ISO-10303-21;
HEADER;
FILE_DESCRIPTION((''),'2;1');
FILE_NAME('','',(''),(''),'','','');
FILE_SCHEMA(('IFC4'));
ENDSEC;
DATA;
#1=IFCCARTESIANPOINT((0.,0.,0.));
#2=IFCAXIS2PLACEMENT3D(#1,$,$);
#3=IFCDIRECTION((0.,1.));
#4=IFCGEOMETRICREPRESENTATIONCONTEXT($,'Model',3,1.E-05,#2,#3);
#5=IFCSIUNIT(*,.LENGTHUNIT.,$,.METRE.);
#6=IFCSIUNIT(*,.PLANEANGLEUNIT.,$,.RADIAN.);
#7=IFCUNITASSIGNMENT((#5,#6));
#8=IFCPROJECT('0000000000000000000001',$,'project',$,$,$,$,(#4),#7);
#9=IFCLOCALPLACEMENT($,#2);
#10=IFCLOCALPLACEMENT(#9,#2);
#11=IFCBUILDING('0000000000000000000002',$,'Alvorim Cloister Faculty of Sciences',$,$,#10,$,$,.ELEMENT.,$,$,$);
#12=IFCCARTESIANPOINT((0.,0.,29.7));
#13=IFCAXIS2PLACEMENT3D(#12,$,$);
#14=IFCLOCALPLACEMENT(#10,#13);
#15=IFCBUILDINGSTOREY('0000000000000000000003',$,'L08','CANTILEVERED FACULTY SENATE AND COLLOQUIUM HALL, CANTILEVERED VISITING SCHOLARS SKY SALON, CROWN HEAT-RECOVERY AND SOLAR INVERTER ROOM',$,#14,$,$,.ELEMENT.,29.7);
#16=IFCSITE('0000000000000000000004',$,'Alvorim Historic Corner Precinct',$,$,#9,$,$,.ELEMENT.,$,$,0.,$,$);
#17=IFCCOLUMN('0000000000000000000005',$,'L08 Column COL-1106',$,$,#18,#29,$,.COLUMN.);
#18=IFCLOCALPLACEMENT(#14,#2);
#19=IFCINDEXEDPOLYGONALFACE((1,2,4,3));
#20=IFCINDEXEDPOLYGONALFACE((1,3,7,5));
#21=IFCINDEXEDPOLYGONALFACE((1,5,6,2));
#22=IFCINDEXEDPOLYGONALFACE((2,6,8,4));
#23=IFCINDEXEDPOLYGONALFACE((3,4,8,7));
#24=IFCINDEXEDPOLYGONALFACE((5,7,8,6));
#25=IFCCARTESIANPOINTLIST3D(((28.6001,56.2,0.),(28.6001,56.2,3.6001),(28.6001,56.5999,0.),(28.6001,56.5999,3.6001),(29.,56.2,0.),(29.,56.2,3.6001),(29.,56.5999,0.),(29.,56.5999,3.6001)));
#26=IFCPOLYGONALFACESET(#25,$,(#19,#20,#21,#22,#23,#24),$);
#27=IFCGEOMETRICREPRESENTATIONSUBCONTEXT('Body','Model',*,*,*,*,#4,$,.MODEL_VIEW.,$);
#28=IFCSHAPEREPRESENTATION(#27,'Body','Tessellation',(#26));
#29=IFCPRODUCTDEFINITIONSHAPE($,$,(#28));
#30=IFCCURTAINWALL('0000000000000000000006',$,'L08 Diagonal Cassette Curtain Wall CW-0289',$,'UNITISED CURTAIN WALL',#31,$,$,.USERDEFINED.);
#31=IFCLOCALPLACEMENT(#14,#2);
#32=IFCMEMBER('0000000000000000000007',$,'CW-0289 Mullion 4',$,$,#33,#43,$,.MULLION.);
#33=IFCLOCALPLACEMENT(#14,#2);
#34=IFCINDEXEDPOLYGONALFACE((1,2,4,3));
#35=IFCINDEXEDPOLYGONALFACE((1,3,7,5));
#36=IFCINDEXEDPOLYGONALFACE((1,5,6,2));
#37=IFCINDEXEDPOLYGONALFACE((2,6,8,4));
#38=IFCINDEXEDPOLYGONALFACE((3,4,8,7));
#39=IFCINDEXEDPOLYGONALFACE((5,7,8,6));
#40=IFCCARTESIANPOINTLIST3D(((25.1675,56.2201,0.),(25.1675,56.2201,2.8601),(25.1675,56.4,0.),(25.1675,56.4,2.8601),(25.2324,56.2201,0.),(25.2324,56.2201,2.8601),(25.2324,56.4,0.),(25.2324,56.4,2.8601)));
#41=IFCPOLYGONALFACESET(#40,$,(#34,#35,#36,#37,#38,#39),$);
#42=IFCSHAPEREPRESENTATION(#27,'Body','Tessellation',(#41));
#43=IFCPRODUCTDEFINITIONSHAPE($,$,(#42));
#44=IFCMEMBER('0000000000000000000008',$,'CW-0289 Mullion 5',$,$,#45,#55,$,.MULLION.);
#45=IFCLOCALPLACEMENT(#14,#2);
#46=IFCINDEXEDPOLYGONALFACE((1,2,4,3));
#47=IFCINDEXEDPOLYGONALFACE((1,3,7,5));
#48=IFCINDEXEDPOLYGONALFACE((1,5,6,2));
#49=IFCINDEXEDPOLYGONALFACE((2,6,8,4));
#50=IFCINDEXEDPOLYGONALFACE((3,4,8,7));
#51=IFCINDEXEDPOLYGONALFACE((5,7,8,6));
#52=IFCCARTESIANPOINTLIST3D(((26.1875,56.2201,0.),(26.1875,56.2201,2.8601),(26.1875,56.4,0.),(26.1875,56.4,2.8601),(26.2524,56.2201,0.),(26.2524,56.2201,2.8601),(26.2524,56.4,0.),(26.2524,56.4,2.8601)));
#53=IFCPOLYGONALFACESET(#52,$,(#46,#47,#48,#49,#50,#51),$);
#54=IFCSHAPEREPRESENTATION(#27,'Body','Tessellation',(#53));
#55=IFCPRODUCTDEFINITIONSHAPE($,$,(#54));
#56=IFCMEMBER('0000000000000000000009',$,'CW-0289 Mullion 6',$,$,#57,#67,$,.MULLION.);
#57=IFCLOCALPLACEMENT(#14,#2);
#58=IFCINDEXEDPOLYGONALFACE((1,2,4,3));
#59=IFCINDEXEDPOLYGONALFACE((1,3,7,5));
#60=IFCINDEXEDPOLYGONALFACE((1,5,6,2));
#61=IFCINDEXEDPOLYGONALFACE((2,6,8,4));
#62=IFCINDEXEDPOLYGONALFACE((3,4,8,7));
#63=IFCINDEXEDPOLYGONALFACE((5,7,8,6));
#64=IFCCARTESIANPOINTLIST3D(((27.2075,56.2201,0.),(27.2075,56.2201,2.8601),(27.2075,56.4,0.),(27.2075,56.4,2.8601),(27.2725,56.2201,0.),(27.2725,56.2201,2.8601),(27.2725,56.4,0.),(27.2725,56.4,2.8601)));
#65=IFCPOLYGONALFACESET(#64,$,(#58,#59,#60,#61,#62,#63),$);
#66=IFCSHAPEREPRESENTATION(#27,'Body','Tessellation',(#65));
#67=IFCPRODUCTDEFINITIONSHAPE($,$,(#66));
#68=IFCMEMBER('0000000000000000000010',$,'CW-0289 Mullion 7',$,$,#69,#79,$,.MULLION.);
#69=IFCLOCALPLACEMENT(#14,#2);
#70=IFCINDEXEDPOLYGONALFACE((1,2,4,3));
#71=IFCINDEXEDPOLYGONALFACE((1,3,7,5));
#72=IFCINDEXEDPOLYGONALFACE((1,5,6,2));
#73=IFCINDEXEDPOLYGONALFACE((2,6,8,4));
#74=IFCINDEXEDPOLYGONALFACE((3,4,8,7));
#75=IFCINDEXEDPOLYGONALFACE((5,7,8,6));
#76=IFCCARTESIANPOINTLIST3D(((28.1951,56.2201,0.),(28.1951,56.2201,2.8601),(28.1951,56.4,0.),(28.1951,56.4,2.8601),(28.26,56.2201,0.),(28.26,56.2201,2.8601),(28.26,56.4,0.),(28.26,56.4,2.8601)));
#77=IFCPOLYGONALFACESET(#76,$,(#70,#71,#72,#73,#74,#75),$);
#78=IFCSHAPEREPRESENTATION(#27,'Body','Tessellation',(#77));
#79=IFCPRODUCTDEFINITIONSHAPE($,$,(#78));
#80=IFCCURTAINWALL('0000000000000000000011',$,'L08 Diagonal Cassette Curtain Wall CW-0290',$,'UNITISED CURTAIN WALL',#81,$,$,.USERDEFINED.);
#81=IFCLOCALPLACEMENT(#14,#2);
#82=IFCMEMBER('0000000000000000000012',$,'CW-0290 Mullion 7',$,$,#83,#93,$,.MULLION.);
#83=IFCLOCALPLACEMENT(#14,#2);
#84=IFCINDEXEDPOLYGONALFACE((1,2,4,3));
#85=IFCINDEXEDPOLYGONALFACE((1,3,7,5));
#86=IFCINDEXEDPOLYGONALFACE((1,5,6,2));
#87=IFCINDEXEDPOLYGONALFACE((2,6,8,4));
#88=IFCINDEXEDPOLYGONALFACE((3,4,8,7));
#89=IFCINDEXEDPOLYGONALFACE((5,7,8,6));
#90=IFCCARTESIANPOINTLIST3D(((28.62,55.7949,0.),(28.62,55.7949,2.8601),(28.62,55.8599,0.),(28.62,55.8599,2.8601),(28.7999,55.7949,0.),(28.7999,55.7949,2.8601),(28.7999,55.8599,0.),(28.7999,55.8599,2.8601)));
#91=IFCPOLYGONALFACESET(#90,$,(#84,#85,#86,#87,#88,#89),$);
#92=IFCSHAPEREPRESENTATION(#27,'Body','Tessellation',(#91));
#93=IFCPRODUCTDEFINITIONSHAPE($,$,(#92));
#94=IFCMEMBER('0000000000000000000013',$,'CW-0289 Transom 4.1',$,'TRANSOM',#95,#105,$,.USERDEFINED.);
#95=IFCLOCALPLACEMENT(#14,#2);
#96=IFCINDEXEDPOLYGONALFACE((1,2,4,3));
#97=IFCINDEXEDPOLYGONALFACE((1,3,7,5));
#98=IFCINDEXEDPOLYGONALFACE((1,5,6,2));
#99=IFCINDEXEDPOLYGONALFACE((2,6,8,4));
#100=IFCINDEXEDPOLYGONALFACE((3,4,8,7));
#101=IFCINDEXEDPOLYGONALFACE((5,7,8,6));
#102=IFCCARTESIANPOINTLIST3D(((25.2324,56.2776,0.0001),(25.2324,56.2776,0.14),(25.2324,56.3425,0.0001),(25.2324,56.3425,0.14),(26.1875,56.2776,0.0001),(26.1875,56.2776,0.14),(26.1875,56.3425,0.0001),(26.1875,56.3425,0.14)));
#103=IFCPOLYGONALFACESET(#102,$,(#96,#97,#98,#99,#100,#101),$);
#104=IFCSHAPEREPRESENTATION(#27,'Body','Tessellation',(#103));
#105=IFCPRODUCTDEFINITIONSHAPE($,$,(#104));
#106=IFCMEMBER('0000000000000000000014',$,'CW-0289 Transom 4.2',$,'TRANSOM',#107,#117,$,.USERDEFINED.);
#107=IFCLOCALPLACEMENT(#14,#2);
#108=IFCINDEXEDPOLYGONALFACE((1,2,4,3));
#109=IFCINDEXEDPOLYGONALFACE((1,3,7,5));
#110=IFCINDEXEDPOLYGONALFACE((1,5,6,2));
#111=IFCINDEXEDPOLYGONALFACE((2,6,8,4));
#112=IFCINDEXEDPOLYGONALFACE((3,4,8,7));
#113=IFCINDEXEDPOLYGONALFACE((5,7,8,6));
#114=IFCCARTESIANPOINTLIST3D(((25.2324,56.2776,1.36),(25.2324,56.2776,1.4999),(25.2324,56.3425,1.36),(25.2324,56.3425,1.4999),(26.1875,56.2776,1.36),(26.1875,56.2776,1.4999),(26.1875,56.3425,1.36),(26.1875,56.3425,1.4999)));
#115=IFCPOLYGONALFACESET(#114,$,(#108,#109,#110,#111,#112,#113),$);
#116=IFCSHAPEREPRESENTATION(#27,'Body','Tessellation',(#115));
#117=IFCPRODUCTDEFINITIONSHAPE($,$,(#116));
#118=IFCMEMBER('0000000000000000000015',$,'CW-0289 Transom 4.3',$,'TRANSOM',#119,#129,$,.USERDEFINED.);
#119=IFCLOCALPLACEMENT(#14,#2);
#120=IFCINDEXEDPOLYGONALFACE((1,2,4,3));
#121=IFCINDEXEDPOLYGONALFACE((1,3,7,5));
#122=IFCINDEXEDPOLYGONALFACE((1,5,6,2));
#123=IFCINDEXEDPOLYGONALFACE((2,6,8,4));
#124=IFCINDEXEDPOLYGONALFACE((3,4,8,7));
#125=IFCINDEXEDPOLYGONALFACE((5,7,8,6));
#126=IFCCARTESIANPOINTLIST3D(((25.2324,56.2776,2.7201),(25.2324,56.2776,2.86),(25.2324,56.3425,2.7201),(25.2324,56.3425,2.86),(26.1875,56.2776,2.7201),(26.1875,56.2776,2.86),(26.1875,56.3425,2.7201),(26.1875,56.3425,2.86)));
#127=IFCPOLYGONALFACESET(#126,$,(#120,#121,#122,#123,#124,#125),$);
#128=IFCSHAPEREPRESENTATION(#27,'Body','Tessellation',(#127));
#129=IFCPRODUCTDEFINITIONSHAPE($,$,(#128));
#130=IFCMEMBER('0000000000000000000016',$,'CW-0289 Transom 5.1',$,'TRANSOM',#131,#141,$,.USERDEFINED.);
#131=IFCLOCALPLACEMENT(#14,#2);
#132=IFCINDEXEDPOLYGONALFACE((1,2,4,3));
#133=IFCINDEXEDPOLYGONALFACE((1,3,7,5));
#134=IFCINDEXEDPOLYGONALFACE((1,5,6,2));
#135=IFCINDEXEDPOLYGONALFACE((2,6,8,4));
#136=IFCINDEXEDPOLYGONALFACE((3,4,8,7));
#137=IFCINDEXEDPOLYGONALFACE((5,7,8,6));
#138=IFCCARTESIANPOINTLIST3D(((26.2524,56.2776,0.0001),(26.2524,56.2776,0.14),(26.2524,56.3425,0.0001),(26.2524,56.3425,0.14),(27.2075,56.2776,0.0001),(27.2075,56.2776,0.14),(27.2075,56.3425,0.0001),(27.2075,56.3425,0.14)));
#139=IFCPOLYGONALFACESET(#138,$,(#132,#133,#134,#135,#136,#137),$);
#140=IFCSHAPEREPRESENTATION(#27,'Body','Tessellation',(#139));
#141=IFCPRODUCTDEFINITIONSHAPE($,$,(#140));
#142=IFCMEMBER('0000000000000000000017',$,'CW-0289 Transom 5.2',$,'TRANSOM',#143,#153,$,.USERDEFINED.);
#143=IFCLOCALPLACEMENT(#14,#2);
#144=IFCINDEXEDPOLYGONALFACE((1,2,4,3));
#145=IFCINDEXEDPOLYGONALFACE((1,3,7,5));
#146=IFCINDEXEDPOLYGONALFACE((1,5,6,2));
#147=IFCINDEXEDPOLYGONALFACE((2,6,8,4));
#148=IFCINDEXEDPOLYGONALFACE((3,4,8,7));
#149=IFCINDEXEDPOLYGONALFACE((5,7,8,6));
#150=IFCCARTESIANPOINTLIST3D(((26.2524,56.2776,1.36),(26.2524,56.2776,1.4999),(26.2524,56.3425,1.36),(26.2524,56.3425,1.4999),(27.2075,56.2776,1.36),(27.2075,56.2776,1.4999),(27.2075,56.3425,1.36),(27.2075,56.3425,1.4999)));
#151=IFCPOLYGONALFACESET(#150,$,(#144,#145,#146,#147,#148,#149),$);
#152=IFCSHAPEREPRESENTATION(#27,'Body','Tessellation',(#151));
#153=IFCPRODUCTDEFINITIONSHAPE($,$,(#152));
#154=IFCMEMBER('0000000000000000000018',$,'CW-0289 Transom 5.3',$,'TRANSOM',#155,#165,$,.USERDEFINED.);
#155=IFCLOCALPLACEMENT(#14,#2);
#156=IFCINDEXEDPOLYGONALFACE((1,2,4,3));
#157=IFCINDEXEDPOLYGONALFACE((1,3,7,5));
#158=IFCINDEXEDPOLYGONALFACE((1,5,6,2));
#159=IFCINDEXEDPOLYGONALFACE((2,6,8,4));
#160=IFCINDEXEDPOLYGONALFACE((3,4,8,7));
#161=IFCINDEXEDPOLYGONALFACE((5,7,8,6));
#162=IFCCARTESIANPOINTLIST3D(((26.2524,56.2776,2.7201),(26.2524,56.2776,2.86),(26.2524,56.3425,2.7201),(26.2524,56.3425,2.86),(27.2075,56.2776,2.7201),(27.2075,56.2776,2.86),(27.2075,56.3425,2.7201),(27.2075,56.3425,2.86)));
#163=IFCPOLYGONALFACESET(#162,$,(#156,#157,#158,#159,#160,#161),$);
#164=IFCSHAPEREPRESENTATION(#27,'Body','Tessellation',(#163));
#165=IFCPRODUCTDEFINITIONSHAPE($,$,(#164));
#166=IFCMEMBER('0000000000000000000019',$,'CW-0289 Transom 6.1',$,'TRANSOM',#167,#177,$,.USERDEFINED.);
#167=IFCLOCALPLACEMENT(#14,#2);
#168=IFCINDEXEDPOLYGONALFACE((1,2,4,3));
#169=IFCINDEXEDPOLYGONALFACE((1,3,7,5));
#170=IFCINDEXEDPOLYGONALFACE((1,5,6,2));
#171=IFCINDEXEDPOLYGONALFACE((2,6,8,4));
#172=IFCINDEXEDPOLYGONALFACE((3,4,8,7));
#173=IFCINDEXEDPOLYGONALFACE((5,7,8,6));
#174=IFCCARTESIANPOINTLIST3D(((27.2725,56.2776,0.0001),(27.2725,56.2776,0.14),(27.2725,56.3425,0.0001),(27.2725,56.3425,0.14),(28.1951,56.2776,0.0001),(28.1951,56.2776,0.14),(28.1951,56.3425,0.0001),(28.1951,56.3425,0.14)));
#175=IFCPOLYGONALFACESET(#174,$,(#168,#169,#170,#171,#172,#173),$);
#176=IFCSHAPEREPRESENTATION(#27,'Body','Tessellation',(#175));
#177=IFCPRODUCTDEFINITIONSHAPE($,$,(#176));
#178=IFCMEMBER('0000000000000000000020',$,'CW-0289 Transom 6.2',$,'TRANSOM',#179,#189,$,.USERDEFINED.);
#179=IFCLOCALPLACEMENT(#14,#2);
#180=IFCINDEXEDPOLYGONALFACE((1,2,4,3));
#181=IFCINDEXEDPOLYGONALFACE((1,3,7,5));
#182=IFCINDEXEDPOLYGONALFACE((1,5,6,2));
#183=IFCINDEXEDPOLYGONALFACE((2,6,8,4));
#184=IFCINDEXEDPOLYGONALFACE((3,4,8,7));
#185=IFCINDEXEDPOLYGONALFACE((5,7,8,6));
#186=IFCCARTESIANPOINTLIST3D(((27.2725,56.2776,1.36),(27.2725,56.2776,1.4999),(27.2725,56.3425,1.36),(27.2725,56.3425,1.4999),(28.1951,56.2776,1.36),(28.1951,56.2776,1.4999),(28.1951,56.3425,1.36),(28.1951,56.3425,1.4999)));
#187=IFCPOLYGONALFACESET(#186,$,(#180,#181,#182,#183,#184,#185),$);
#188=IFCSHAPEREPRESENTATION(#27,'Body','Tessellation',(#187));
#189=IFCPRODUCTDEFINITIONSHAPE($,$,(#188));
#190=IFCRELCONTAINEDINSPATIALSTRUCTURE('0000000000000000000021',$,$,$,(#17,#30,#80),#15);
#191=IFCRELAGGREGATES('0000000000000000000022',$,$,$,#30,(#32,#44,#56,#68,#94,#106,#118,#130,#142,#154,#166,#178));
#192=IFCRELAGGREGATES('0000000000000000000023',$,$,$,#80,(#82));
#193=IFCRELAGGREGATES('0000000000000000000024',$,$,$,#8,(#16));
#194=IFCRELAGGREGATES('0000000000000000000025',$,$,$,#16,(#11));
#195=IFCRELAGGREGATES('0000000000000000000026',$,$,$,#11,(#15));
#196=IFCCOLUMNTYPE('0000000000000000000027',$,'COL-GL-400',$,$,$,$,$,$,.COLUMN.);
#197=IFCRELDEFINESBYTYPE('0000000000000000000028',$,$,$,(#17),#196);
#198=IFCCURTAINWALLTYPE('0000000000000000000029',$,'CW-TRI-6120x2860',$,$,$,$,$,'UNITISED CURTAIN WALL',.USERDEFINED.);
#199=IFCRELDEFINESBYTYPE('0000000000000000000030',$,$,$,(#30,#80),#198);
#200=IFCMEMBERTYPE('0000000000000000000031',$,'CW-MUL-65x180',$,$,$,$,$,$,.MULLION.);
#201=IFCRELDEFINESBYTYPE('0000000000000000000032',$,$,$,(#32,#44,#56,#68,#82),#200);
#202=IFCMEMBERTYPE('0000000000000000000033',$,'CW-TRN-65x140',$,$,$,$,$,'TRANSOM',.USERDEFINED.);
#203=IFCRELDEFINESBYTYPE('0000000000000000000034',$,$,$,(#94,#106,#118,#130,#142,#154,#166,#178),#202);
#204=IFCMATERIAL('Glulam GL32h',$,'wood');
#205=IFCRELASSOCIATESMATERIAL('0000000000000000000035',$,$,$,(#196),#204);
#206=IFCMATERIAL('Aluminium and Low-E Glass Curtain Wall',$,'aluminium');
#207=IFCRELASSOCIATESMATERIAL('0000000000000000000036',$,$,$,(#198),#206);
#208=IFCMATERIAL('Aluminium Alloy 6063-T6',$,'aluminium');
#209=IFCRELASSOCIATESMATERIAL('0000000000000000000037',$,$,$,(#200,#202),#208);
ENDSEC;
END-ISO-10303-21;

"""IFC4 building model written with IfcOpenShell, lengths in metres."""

from ifc_helpers import new_model, si_unit, direction, frame, origin, origin_2d, place, context, subcontext, project, spatial, rectangle, extrude, material, material_profile, profile_set, type_object, element, aggregate, save


model = new_model("IFC4")

# Units and contexts
model_context = context("Model", 3, precision=1e-05, world=origin(), true_north=direction((0.0, 1.0)))
body_context = subcontext(model_context, "Body", "Model", "MODEL_VIEW")
ifc_project = project(units=[si_unit("LENGTHUNIT", "METRE"), si_unit("PLANEANGLEUNIT", "RADIAN")], contexts=[model_context])

# Site, building, storey
site_placement = place(None, origin())
site = spatial("IfcSite", under=ifc_project, at=site_placement, Name="Alvorim Historic Corner Precinct", CompositionType="ELEMENT", RefElevation=0.0)
building_placement = place(site_placement, origin())
building = spatial("IfcBuilding", under=site, at=building_placement, Name="Alvorim Cloister Faculty of Sciences", CompositionType="ELEMENT")
storey_placement = place(building_placement, frame((0.0, 0.0, 29.7)))
storey = spatial("IfcBuildingStorey", under=building, at=storey_placement, Name="L08", Description="CANTILEVERED FACULTY SENATE AND COLLOQUIUM HALL, CANTILEVERED VISITING SCHOLARS SKY SALON, CROWN HEAT-RECOVERY AND SOLAR INVERTER ROOM", CompositionType="ELEMENT", Elevation=29.7)

# Column
ifc_material_1 = material(Name="Glulam GL32h", Category="wood")
ifc_material_profile_1 = material_profile(ifc_material_1, rectangle(XDim=0.3999, YDim=0.3999, at=origin_2d()), Name="GL32-COL-400x400")
ifc_profile_set_1 = profile_set([ifc_material_profile_1], Name="Glulam GL32h")
column_type = type_object("IfcColumnType", Name="COL-GL-400", PredefinedType="COLUMN", material=ifc_profile_set_1)
column_placement = place(storey_placement, frame((28.8, 56.3999, 0.0), z_axis=(0.0, 0.0, 1.0), x_axis=(1.0, 0.0, 0.0)))
element("IfcColumn", 1, at=column_placement, inside=storey, type_object=column_type, Name="L08 Column COL-1106", PredefinedType="COLUMN", context=body_context, shape_type="SweptSolid", body=[
    extrude(rectangle(XDim=0.3999, YDim=0.3999, at=origin_2d()), origin(), (0.0, 0.0, 1.0), 3.6001),
])

# Curtain wall, members
ifc_material_2 = material(Name="Aluminium and Low-E Glass Curtain Wall", Category="aluminium")
curtain_wall_type = type_object("IfcCurtainWallType", Name="CW-TRI-6120x2860", ElementType="UNITISED CURTAIN WALL", PredefinedType="USERDEFINED", material=ifc_material_2)
curtain_wall_1_placement = place(storey_placement, origin())
curtain_wall_1 = element("IfcCurtainWall", 2, at=curtain_wall_1_placement, inside=storey, type_object=curtain_wall_type, Name="L08 Diagonal Cassette Curtain Wall CW-0289", ObjectType="UNITISED CURTAIN WALL", PredefinedType="USERDEFINED")
ifc_material_3 = material(Name="Aluminium Alloy 6063-T6", Category="aluminium")
ifc_material_profile_2 = material_profile(ifc_material_3, rectangle(XDim=0.0649, YDim=0.1799, at=origin_2d()), Name="ALU-MUL-65x180")
ifc_profile_set_2 = profile_set([ifc_material_profile_2], Name="Aluminium Alloy 6063-T6")
member_type_1 = type_object("IfcMemberType", Name="CW-MUL-65x180", PredefinedType="MULLION", material=ifc_profile_set_2)
member_1_placement = place(storey_placement, frame((25.2, 56.3101, 0.0), z_axis=(0.0, 0.0, 1.0), x_axis=(1.0, 0.0, 0.0)))
member_1 = element("IfcMember", 3, at=member_1_placement, type_object=member_type_1, Name="CW-0289 Mullion 4", PredefinedType="MULLION", context=body_context, shape_type="SweptSolid", body=[
    extrude(rectangle(XDim=0.0649, YDim=0.1799, at=origin_2d()), origin(), (0.0, 0.0, 1.0), 2.8601),
])
member_2_placement = place(storey_placement, frame((26.22, 56.3101, 0.0), z_axis=(0.0, 0.0, 1.0), x_axis=(1.0, 0.0, 0.0)))
member_2 = element("IfcMember", 4, at=member_2_placement, type_object=member_type_1, Name="CW-0289 Mullion 5", PredefinedType="MULLION", context=body_context, shape_type="SweptSolid", body=[
    extrude(rectangle(XDim=0.0649, YDim=0.1799, at=origin_2d()), origin(), (0.0, 0.0, 1.0), 2.8601),
])
member_3_placement = place(storey_placement, frame((27.24, 56.3101, 0.0), z_axis=(0.0, 0.0, 1.0), x_axis=(1.0, 0.0, 0.0)))
member_3 = element("IfcMember", 5, at=member_3_placement, type_object=member_type_1, Name="CW-0289 Mullion 6", PredefinedType="MULLION", context=body_context, shape_type="SweptSolid", body=[
    extrude(rectangle(XDim=0.0649, YDim=0.1799, at=origin_2d()), origin(), (0.0, 0.0, 1.0), 2.8601),
])
member_4_placement = place(storey_placement, frame((28.2275, 56.3101, 0.0), z_axis=(0.0, 0.0, 1.0), x_axis=(1.0, 0.0, 0.0)))
member_4 = element("IfcMember", 6, at=member_4_placement, type_object=member_type_1, Name="CW-0289 Mullion 7", PredefinedType="MULLION", context=body_context, shape_type="SweptSolid", body=[
    extrude(rectangle(XDim=0.0649, YDim=0.1799, at=origin_2d()), origin(), (0.0, 0.0, 1.0), 2.8601),
])

# Curtain wall, member
curtain_wall_2_placement = place(storey_placement, origin())
curtain_wall_2 = element("IfcCurtainWall", 7, at=curtain_wall_2_placement, inside=storey, type_object=curtain_wall_type, Name="L08 Diagonal Cassette Curtain Wall CW-0290", ObjectType="UNITISED CURTAIN WALL", PredefinedType="USERDEFINED")
member_5_placement = place(storey_placement, frame((28.71, 55.8274, 0.0), z_axis=(0.0, 0.0, 1.0), x_axis=(0.0, 1.0, 0.0)))
member_5 = element("IfcMember", 8, at=member_5_placement, type_object=member_type_1, Name="CW-0290 Mullion 7", PredefinedType="MULLION", context=body_context, shape_type="SweptSolid", body=[
    extrude(rectangle(XDim=0.0649, YDim=0.1799, at=origin_2d()), origin(), (0.0, 0.0, 1.0), 2.8601),
])

# Members
ifc_material_profile_3 = material_profile(ifc_material_3, rectangle(XDim=0.0649, YDim=0.1399, at=origin_2d()), Name="ALU-TRN-65x140")
ifc_profile_set_3 = profile_set([ifc_material_profile_3], Name="Aluminium Alloy 6063-T6")
member_type_2 = type_object("IfcMemberType", Name="CW-TRN-65x140", ElementType="TRANSOM", PredefinedType="USERDEFINED", material=ifc_profile_set_3)
member_6_placement = place(storey_placement, frame((25.2324, 56.3101, 0.0701), z_axis=(1.0, 0.0, 0.0), x_axis=(0.0, 1.0, 0.0)))
member_6 = element("IfcMember", 9, at=member_6_placement, type_object=member_type_2, Name="CW-0289 Transom 4.1", ObjectType="TRANSOM", PredefinedType="USERDEFINED", context=body_context, shape_type="SweptSolid", body=[
    extrude(rectangle(XDim=0.0649, YDim=0.1399, at=origin_2d()), origin(), (0.0, 0.0, 1.0), 0.9551),
])
member_7_placement = place(storey_placement, frame((25.2324, 56.3101, 1.4299), z_axis=(1.0, 0.0, 0.0), x_axis=(0.0, 1.0, 0.0)))
member_7 = element("IfcMember", 10, at=member_7_placement, type_object=member_type_2, Name="CW-0289 Transom 4.2", ObjectType="TRANSOM", PredefinedType="USERDEFINED", context=body_context, shape_type="SweptSolid", body=[
    extrude(rectangle(XDim=0.0649, YDim=0.1399, at=origin_2d()), origin(), (0.0, 0.0, 1.0), 0.9551),
])
member_8_placement = place(storey_placement, frame((25.2324, 56.3101, 2.79), z_axis=(1.0, 0.0, 0.0), x_axis=(0.0, 1.0, 0.0)))
member_8 = element("IfcMember", 11, at=member_8_placement, type_object=member_type_2, Name="CW-0289 Transom 4.3", ObjectType="TRANSOM", PredefinedType="USERDEFINED", context=body_context, shape_type="SweptSolid", body=[
    extrude(rectangle(XDim=0.0649, YDim=0.1399, at=origin_2d()), origin(), (0.0, 0.0, 1.0), 0.9551),
])
member_9_placement = place(storey_placement, frame((26.2524, 56.3101, 0.0701), z_axis=(1.0, 0.0, 0.0), x_axis=(0.0, 1.0, 0.0)))
member_9 = element("IfcMember", 12, at=member_9_placement, type_object=member_type_2, Name="CW-0289 Transom 5.1", ObjectType="TRANSOM", PredefinedType="USERDEFINED", context=body_context, shape_type="SweptSolid", body=[
    extrude(rectangle(XDim=0.0649, YDim=0.1399, at=origin_2d()), origin(), (0.0, 0.0, 1.0), 0.9551),
])
member_10_placement = place(storey_placement, frame((26.2524, 56.3101, 1.4299), z_axis=(1.0, 0.0, 0.0), x_axis=(0.0, 1.0, 0.0)))
member_10 = element("IfcMember", 13, at=member_10_placement, type_object=member_type_2, Name="CW-0289 Transom 5.2", ObjectType="TRANSOM", PredefinedType="USERDEFINED", context=body_context, shape_type="SweptSolid", body=[
    extrude(rectangle(XDim=0.0649, YDim=0.1399, at=origin_2d()), origin(), (0.0, 0.0, 1.0), 0.9551),
])
member_11_placement = place(storey_placement, frame((26.2524, 56.3101, 2.79), z_axis=(1.0, 0.0, 0.0), x_axis=(0.0, 1.0, 0.0)))
member_11 = element("IfcMember", 14, at=member_11_placement, type_object=member_type_2, Name="CW-0289 Transom 5.3", ObjectType="TRANSOM", PredefinedType="USERDEFINED", context=body_context, shape_type="SweptSolid", body=[
    extrude(rectangle(XDim=0.0649, YDim=0.1399, at=origin_2d()), origin(), (0.0, 0.0, 1.0), 0.9551),
])
member_12_placement = place(storey_placement, frame((27.2725, 56.3101, 0.0701), z_axis=(1.0, 0.0, 0.0), x_axis=(0.0, 1.0, 0.0)))
member_12 = element("IfcMember", 15, at=member_12_placement, type_object=member_type_2, Name="CW-0289 Transom 6.1", ObjectType="TRANSOM", PredefinedType="USERDEFINED", context=body_context, shape_type="SweptSolid", body=[
    extrude(rectangle(XDim=0.0649, YDim=0.1399, at=origin_2d()), origin(), (0.0, 0.0, 1.0), 0.9226),
])
member_13_placement = place(storey_placement, frame((27.2725, 56.3101, 1.4299), z_axis=(1.0, 0.0, 0.0), x_axis=(0.0, 1.0, 0.0)))
member_13 = element("IfcMember", 16, at=member_13_placement, type_object=member_type_2, Name="CW-0289 Transom 6.2", ObjectType="TRANSOM", PredefinedType="USERDEFINED", context=body_context, shape_type="SweptSolid", body=[
    extrude(rectangle(XDim=0.0649, YDim=0.1399, at=origin_2d()), origin(), (0.0, 0.0, 1.0), 0.9226),
])

aggregate(curtain_wall_1, [member_1, member_2, member_3, member_4, member_6, member_7, member_8, member_9, member_10, member_11, member_12, member_13])
aggregate(curtain_wall_2, [member_5])

save(model, "model.ifc")
